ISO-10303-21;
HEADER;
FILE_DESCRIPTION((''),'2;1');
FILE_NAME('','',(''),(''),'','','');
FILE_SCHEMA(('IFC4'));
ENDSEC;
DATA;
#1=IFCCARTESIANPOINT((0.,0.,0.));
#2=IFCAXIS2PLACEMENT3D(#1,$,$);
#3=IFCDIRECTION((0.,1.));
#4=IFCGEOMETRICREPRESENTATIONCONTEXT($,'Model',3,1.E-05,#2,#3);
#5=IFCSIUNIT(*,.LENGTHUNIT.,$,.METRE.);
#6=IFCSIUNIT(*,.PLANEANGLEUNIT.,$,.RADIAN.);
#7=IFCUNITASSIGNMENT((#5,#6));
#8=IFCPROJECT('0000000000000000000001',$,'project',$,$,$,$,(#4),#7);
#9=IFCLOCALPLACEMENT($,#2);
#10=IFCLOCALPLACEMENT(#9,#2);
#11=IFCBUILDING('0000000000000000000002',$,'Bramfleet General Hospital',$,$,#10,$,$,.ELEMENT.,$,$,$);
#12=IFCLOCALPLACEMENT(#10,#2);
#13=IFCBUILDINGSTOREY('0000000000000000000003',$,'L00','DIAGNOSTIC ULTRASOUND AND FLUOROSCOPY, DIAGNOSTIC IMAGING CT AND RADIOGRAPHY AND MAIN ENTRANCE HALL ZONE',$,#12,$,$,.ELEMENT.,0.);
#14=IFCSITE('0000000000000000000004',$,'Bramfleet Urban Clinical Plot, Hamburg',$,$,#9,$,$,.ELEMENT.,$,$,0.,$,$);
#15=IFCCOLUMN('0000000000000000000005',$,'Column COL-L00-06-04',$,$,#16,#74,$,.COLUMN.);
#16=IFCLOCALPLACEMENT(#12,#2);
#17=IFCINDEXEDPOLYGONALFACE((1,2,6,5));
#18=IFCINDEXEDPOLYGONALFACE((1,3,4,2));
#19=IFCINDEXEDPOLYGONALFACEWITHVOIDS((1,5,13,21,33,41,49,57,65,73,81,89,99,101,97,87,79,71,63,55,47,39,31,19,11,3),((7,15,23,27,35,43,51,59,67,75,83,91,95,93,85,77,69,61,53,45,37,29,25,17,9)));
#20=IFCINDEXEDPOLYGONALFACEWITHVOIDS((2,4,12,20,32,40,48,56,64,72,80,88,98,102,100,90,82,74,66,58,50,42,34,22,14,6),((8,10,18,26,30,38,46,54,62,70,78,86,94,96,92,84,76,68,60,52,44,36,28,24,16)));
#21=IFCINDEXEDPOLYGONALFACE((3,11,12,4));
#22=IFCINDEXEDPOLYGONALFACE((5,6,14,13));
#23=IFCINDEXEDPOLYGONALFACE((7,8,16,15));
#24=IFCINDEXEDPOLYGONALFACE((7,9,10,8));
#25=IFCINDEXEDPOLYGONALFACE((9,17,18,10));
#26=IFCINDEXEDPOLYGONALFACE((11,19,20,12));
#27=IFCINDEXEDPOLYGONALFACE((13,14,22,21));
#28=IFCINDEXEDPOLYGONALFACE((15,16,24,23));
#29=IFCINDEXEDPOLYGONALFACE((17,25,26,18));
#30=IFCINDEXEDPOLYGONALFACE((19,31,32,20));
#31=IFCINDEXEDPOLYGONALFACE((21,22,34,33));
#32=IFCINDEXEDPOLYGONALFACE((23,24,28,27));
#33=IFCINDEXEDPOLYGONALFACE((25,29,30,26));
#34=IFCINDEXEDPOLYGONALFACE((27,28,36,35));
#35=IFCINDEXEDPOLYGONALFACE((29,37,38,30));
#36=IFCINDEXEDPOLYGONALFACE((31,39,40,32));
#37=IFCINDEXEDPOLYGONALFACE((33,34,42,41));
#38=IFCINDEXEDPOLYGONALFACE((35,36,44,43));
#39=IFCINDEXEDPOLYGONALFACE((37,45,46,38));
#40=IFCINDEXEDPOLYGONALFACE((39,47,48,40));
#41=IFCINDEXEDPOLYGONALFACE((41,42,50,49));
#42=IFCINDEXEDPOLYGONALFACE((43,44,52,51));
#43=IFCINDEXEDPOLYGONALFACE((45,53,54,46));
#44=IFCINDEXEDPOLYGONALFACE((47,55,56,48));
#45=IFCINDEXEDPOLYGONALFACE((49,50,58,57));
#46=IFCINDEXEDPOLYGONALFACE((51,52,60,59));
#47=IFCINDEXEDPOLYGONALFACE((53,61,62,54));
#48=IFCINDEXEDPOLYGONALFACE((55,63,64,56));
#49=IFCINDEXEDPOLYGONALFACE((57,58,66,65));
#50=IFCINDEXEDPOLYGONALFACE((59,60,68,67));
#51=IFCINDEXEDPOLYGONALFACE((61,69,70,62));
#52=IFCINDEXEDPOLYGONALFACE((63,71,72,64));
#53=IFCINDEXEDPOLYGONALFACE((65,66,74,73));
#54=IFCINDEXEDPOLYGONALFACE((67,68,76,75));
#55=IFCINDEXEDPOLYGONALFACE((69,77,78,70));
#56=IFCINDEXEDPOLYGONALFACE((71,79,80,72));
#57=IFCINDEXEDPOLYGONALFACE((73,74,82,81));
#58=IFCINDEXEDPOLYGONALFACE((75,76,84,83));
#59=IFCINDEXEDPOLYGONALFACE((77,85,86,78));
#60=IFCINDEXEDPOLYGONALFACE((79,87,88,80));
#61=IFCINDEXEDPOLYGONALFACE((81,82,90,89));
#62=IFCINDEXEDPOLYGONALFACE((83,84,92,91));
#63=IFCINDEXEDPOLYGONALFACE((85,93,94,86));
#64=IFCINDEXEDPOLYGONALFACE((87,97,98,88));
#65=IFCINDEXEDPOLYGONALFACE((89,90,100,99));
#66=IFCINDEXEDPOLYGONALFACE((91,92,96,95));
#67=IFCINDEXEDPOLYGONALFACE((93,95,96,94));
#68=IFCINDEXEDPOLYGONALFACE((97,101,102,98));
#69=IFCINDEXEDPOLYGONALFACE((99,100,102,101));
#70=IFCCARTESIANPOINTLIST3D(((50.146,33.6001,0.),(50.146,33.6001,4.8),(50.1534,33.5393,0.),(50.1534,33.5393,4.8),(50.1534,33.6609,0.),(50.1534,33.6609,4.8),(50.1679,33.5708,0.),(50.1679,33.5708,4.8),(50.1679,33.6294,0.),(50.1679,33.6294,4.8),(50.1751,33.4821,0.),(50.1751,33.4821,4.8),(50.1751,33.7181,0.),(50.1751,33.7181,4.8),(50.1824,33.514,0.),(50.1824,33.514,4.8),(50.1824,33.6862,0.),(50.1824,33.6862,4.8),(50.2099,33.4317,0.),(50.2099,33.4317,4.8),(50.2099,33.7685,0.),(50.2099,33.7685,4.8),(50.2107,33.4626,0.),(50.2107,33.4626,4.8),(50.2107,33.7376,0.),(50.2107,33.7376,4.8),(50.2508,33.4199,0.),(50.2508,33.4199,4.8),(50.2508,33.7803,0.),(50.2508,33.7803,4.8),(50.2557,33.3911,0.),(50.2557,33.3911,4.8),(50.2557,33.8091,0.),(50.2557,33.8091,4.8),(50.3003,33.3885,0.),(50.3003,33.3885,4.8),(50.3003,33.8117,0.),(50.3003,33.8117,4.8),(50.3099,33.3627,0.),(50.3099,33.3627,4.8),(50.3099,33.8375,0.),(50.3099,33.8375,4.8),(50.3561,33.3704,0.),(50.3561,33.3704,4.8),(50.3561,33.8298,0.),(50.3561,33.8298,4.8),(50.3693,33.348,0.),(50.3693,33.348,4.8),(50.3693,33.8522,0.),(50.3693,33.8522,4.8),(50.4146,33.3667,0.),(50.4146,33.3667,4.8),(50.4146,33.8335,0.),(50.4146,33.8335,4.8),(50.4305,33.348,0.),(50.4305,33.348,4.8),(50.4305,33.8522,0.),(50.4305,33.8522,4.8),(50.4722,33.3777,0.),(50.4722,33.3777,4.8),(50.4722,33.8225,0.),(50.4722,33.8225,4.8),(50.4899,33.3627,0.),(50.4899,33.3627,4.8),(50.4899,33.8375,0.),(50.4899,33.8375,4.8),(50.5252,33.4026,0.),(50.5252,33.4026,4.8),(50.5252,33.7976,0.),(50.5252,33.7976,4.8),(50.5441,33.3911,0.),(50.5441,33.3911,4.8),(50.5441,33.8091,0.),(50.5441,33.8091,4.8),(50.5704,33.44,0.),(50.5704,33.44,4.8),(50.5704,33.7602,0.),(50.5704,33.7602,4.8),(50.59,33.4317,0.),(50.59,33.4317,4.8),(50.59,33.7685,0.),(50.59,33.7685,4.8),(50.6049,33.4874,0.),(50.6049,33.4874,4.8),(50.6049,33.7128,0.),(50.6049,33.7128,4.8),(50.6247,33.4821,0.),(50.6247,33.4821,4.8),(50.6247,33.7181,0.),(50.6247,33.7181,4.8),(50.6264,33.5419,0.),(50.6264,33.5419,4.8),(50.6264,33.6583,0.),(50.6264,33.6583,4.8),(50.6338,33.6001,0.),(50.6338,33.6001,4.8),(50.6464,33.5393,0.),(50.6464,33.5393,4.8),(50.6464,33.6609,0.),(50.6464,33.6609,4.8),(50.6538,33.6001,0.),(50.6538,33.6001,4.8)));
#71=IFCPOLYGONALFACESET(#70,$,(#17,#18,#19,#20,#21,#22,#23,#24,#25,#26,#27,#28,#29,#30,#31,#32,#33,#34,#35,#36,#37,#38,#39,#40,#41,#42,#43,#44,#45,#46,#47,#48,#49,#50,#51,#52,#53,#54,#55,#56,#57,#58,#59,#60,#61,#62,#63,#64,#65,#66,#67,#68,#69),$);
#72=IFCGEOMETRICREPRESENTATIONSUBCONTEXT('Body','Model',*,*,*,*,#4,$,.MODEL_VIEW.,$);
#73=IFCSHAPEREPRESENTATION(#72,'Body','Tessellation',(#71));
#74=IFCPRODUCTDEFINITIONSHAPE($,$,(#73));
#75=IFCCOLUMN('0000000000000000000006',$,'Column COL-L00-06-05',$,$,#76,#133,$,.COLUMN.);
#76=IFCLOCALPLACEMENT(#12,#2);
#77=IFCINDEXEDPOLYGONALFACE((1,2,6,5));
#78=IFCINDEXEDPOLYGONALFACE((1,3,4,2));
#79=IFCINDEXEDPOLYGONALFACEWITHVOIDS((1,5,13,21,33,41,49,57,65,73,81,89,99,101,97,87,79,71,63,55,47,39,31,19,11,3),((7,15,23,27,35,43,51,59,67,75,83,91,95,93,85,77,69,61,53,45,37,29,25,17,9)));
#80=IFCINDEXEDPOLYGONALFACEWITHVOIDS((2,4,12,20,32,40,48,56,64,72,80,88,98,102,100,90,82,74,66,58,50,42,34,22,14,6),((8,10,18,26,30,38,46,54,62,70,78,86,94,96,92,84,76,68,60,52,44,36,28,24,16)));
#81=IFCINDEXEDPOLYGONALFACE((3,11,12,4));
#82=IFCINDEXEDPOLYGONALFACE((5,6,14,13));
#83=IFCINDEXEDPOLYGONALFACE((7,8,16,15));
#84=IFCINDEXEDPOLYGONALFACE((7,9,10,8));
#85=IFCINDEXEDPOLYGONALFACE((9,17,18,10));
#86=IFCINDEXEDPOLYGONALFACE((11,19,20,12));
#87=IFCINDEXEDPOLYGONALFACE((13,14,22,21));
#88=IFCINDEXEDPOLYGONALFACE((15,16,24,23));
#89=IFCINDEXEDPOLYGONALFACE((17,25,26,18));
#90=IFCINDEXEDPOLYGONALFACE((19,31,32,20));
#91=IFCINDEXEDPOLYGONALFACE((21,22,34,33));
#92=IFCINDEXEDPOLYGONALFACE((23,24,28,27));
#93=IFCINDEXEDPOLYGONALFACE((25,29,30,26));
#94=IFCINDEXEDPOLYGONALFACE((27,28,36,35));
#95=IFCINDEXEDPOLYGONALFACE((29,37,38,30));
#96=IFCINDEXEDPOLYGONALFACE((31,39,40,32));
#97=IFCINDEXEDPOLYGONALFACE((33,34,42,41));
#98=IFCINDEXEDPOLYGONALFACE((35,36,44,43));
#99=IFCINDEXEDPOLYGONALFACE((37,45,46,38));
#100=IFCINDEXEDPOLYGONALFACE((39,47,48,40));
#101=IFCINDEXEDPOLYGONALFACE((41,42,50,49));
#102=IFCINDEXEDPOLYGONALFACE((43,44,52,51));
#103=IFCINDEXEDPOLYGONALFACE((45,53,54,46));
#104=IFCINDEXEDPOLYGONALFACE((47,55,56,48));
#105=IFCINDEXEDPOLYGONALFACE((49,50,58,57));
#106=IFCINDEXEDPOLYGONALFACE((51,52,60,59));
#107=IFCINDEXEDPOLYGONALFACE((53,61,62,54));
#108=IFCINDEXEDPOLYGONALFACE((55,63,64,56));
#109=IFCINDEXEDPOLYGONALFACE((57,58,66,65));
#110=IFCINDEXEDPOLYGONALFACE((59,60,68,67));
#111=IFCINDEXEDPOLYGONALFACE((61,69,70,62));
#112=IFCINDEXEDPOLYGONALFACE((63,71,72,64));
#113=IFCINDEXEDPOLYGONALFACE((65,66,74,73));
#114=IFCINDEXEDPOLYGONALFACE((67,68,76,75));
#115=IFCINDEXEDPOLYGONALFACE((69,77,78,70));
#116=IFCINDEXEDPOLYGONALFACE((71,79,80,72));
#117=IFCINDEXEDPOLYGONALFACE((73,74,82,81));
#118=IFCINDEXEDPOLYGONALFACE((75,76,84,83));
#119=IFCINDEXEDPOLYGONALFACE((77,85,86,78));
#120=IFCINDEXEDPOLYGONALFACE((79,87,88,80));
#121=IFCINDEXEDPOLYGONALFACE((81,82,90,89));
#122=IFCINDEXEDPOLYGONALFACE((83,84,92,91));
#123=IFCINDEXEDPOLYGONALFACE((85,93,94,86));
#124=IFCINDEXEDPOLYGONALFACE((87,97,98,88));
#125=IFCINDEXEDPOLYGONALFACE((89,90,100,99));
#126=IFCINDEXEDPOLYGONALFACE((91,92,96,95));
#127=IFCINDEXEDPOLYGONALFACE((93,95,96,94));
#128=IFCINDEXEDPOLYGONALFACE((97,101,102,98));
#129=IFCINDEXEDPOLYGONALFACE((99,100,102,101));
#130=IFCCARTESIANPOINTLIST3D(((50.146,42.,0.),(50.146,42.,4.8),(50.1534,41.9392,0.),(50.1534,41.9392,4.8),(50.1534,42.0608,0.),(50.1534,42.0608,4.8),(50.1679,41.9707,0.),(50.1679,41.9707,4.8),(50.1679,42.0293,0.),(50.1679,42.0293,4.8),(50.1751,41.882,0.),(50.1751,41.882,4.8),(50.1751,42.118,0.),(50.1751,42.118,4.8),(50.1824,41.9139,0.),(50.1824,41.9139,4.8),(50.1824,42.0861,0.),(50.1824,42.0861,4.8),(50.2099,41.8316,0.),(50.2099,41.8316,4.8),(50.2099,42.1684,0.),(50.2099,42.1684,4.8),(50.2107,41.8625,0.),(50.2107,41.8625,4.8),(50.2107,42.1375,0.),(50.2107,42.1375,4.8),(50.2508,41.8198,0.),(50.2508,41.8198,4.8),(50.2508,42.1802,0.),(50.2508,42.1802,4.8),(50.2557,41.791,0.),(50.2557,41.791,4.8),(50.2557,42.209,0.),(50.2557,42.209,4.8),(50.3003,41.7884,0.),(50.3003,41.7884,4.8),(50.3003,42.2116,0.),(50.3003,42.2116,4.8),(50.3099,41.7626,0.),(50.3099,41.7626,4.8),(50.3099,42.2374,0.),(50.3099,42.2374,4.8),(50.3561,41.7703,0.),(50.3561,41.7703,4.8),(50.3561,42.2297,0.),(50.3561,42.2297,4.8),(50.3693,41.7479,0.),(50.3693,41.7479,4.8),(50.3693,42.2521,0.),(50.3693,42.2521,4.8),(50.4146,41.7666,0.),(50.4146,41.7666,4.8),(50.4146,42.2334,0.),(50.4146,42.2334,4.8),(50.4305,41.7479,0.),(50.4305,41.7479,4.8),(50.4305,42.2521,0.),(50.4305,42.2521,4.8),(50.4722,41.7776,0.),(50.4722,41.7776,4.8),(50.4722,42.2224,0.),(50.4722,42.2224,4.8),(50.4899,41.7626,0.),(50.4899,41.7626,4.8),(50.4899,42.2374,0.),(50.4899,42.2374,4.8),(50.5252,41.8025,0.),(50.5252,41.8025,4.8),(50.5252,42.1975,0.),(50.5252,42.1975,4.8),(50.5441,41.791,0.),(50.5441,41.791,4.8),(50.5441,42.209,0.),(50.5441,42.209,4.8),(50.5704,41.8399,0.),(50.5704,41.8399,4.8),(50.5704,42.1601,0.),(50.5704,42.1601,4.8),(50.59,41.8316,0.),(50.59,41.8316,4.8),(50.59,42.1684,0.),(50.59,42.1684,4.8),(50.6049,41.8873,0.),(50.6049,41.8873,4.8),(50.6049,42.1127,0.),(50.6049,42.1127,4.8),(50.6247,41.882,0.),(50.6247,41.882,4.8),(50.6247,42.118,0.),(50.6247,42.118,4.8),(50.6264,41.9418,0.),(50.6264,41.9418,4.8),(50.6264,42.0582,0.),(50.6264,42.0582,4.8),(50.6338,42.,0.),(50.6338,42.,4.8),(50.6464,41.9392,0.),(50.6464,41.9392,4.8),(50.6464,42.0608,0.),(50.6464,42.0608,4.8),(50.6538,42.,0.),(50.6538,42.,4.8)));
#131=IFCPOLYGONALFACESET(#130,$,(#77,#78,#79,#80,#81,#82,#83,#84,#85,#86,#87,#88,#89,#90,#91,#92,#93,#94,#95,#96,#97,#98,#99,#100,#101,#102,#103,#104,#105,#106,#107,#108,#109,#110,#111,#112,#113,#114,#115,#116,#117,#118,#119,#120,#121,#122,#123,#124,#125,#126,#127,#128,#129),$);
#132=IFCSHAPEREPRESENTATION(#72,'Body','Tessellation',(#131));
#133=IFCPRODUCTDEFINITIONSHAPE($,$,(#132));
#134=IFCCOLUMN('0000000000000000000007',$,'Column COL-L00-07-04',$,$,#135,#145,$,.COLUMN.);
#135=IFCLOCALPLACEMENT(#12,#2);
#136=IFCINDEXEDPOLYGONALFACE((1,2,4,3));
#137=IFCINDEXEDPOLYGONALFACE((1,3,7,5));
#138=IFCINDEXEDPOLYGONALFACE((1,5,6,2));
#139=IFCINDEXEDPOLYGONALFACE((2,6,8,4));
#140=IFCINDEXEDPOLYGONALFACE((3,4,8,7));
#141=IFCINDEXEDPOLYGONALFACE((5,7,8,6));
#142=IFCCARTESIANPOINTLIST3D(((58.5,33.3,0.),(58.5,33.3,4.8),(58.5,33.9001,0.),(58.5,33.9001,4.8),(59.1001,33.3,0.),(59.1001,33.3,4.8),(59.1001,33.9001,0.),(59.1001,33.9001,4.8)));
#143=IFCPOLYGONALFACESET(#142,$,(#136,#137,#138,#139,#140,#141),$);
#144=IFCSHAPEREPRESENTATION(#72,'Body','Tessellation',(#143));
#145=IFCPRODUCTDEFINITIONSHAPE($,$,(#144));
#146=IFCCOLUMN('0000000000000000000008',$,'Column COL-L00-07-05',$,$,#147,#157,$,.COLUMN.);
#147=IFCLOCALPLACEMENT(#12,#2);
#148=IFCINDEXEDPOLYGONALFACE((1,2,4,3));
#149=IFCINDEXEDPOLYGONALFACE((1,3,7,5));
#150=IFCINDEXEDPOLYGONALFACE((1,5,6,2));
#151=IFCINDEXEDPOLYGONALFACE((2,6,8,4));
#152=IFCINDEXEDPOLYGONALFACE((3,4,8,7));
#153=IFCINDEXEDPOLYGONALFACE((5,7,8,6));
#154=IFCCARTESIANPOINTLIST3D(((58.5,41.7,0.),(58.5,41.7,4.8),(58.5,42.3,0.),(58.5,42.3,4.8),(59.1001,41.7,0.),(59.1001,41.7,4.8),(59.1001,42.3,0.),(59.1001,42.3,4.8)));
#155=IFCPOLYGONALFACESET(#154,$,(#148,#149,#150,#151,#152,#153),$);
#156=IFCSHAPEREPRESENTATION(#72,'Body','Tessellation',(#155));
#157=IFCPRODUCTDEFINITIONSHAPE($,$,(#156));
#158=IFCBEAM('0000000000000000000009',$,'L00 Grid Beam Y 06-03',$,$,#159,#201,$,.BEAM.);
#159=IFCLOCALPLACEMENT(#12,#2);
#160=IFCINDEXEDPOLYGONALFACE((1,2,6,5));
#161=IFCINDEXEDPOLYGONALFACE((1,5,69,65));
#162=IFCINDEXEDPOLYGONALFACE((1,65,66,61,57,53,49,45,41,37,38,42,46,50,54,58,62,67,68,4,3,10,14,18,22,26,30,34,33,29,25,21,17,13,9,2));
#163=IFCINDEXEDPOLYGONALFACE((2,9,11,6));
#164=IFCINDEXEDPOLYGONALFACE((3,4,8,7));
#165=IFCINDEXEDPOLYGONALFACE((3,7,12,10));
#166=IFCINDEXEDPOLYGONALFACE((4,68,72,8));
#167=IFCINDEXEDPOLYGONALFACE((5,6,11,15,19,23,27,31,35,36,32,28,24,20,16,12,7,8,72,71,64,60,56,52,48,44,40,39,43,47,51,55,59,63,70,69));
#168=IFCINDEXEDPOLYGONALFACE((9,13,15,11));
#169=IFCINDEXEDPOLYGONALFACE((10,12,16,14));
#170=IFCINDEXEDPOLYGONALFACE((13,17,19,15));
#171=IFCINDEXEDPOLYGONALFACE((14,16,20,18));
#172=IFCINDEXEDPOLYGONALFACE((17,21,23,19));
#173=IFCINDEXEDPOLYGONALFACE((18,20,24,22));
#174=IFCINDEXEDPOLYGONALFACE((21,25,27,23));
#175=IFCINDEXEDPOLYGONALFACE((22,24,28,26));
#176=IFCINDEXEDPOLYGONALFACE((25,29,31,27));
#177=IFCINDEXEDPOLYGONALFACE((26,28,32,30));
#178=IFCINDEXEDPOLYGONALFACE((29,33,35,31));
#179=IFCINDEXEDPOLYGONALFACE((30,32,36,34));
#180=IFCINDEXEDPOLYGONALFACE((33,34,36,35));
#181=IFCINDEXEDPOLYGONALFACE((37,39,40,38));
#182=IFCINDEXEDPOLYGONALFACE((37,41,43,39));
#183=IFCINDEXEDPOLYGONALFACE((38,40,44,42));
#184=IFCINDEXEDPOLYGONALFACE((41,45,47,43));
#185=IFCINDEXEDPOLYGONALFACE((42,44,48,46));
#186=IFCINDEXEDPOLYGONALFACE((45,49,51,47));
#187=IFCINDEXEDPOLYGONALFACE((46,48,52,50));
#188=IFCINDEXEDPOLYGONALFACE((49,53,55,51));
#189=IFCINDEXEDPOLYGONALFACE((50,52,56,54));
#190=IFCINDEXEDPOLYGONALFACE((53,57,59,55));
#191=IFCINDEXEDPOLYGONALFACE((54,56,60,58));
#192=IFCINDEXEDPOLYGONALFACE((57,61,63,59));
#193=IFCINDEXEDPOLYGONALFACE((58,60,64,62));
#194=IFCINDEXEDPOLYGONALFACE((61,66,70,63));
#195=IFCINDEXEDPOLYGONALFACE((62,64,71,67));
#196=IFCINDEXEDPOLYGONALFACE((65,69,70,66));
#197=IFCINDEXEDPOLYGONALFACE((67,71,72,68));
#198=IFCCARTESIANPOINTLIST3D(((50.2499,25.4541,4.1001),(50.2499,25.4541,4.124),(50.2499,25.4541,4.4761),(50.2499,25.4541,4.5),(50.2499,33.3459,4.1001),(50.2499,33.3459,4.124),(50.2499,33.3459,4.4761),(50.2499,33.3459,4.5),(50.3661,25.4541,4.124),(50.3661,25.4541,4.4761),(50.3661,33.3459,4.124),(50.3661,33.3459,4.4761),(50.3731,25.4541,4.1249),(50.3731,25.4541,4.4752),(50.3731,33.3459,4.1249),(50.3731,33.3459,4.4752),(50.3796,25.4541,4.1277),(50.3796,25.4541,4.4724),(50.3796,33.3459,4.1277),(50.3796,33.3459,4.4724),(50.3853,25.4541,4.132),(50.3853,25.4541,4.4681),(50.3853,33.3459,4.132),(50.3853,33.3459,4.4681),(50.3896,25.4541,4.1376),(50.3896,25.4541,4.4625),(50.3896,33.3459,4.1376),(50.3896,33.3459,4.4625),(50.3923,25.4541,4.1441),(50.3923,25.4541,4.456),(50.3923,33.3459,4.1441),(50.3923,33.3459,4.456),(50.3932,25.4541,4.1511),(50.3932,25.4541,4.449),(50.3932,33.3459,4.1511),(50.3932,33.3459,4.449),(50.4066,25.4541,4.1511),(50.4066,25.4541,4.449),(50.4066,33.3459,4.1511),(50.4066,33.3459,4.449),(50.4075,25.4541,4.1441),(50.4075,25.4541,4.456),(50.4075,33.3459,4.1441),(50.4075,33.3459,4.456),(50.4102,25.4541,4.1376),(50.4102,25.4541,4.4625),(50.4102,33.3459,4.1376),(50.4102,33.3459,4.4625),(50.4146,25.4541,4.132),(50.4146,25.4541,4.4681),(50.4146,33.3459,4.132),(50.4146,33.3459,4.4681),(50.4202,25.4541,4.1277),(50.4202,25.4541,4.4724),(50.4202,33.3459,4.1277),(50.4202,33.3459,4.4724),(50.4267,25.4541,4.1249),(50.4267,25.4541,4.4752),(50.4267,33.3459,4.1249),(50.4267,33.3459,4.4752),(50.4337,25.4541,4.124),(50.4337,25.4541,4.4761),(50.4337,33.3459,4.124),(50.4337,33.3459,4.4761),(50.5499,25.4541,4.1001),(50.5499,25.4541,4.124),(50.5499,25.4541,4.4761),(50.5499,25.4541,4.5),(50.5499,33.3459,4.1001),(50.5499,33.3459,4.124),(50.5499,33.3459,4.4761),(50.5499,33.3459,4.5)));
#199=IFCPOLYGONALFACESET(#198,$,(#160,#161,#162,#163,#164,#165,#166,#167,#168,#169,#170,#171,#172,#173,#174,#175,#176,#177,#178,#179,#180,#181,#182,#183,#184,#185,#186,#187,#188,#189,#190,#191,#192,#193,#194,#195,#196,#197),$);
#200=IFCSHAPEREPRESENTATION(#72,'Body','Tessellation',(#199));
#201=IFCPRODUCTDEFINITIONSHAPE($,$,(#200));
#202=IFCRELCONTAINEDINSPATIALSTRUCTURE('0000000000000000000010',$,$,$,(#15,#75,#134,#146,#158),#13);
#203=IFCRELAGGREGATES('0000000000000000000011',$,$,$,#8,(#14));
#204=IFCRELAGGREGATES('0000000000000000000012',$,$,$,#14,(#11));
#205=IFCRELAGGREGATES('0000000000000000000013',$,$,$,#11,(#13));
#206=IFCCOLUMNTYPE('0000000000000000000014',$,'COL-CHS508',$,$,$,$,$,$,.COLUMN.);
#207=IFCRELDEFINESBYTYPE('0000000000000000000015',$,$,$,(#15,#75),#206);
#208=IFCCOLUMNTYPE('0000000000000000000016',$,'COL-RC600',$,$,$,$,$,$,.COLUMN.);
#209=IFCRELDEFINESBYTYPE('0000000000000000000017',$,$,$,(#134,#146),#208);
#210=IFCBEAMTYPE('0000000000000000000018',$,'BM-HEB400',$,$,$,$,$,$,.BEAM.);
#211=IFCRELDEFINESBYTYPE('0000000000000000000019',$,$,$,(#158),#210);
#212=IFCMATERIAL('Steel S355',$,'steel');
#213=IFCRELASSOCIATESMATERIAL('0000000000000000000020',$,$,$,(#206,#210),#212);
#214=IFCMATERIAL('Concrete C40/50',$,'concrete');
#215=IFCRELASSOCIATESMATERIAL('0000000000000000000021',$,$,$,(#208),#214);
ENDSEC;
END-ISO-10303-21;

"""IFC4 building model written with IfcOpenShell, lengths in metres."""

from ifc_helpers import new_model, si_unit, direction, frame, origin, origin_2d, place, context, subcontext, project, spatial, rectangle, hollow_circle, i_section, extrude, material, material_profile, profile_set, type_object, element, save


model = new_model("IFC4")

# Units and contexts
model_context = context("Model", 3, precision=1e-05, world=origin(), true_north=direction((0.0, 1.0)))
body_context = subcontext(model_context, "Body", "Model", "MODEL_VIEW")
ifc_project = project(units=[si_unit("LENGTHUNIT", "METRE"), si_unit("PLANEANGLEUNIT", "RADIAN")], contexts=[model_context])

# Site, building, storey
site_placement = place(None, origin())
site = spatial("IfcSite", under=ifc_project, at=site_placement, Name="Bramfleet Urban Clinical Plot, Hamburg", CompositionType="ELEMENT", RefElevation=0.0)
building_placement = place(site_placement, origin())
building = spatial("IfcBuilding", under=site, at=building_placement, Name="Bramfleet General Hospital", CompositionType="ELEMENT")
storey_placement = place(building_placement, origin())
storey = spatial("IfcBuildingStorey", under=building, at=storey_placement, Name="L00", Description="DIAGNOSTIC ULTRASOUND AND FLUOROSCOPY, DIAGNOSTIC IMAGING CT AND RADIOGRAPHY AND MAIN ENTRANCE HALL ZONE", CompositionType="ELEMENT", Elevation=0.0)

# Columns
ifc_material_1 = material(Name="Steel S355", Category="steel")
ifc_material_profile_1 = material_profile(ifc_material_1, hollow_circle(Radius=0.2539, WallThickness=0.02, at=origin_2d()), Name="CHS 508.0x20.0")
ifc_profile_set_1 = profile_set([ifc_material_profile_1], Name="Steel S355")
column_type_1 = type_object("IfcColumnType", Name="COL-CHS508", PredefinedType="COLUMN", material=ifc_profile_set_1)
for number, where, z_axis, x_axis, name in (
    (1, (50.3999, 33.6001, 0.0), (0.0, 0.0, 1.0), (1.0, 0.0, 0.0), "Column COL-L00-06-04"),
    (2, (50.3999, 42.0, 0.0), (0.0, 0.0, 1.0), (1.0, 0.0, 0.0), "Column COL-L00-06-05"),
):
    element("IfcColumn", number, at=place(storey_placement, frame(where, z_axis=z_axis, x_axis=x_axis)), inside=storey, type_object=column_type_1, Name=name, PredefinedType="COLUMN", context=body_context, shape_type="SweptSolid", body=[
        extrude(hollow_circle(Radius=0.2539, WallThickness=0.02, at=origin_2d()), origin(), (0.0, 0.0, 1.0), 4.8),
    ])
ifc_material_2 = material(Name="Concrete C40/50", Category="concrete")
ifc_material_profile_2 = material_profile(ifc_material_2, rectangle(XDim=0.6001, YDim=0.6001, at=origin_2d()), Name="RC COL 600x600")
ifc_profile_set_2 = profile_set([ifc_material_profile_2], Name="Concrete C40/50")
column_type_2 = type_object("IfcColumnType", Name="COL-RC600", PredefinedType="COLUMN", material=ifc_profile_set_2)
for number, where, z_axis, x_axis, name in (
    (3, (58.8, 33.6001, 0.0), (0.0, 0.0, 1.0), (1.0, 0.0, 0.0), "Column COL-L00-07-04"),
    (4, (58.8, 42.0, 0.0), (0.0, 0.0, 1.0), (1.0, 0.0, 0.0), "Column COL-L00-07-05"),
):
    element("IfcColumn", number, at=place(storey_placement, frame(where, z_axis=z_axis, x_axis=x_axis)), inside=storey, type_object=column_type_2, Name=name, PredefinedType="COLUMN", context=body_context, shape_type="SweptSolid", body=[
        extrude(rectangle(XDim=0.6001, YDim=0.6001, at=origin_2d()), origin(), (0.0, 0.0, 1.0), 4.8),
    ])

# Beam
ifc_material_profile_3 = material_profile(ifc_material_1, i_section(OverallWidth=0.3, OverallDepth=0.3999, WebThickness=0.0134, FlangeThickness=0.0239, FilletRadius=0.0271, at=origin_2d()), Name="HEB 400")
ifc_profile_set_3 = profile_set([ifc_material_profile_3], Name="Steel S355")
beam_type_1 = type_object("IfcBeamType", Name="BM-HEB400", PredefinedType="BEAM", material=ifc_profile_set_3)
beam_placement = place(storey_placement, frame((50.3999, 25.4541, 4.3), z_axis=(0.0, 1.0, 0.0), x_axis=(-1.0, 0.0, 0.0)))
element("IfcBeam", 5, at=beam_placement, inside=storey, type_object=beam_type_1, Name="L00 Grid Beam Y 06-03", PredefinedType="BEAM", context=body_context, shape_type="SweptSolid", body=[
    extrude(i_section(OverallWidth=0.3, OverallDepth=0.3999, WebThickness=0.0134, FlangeThickness=0.0239, FilletRadius=0.0271, at=origin_2d()), origin(), (0.0, 0.0, 1.0), 7.8918),
])

save(model, "model.ifc")
